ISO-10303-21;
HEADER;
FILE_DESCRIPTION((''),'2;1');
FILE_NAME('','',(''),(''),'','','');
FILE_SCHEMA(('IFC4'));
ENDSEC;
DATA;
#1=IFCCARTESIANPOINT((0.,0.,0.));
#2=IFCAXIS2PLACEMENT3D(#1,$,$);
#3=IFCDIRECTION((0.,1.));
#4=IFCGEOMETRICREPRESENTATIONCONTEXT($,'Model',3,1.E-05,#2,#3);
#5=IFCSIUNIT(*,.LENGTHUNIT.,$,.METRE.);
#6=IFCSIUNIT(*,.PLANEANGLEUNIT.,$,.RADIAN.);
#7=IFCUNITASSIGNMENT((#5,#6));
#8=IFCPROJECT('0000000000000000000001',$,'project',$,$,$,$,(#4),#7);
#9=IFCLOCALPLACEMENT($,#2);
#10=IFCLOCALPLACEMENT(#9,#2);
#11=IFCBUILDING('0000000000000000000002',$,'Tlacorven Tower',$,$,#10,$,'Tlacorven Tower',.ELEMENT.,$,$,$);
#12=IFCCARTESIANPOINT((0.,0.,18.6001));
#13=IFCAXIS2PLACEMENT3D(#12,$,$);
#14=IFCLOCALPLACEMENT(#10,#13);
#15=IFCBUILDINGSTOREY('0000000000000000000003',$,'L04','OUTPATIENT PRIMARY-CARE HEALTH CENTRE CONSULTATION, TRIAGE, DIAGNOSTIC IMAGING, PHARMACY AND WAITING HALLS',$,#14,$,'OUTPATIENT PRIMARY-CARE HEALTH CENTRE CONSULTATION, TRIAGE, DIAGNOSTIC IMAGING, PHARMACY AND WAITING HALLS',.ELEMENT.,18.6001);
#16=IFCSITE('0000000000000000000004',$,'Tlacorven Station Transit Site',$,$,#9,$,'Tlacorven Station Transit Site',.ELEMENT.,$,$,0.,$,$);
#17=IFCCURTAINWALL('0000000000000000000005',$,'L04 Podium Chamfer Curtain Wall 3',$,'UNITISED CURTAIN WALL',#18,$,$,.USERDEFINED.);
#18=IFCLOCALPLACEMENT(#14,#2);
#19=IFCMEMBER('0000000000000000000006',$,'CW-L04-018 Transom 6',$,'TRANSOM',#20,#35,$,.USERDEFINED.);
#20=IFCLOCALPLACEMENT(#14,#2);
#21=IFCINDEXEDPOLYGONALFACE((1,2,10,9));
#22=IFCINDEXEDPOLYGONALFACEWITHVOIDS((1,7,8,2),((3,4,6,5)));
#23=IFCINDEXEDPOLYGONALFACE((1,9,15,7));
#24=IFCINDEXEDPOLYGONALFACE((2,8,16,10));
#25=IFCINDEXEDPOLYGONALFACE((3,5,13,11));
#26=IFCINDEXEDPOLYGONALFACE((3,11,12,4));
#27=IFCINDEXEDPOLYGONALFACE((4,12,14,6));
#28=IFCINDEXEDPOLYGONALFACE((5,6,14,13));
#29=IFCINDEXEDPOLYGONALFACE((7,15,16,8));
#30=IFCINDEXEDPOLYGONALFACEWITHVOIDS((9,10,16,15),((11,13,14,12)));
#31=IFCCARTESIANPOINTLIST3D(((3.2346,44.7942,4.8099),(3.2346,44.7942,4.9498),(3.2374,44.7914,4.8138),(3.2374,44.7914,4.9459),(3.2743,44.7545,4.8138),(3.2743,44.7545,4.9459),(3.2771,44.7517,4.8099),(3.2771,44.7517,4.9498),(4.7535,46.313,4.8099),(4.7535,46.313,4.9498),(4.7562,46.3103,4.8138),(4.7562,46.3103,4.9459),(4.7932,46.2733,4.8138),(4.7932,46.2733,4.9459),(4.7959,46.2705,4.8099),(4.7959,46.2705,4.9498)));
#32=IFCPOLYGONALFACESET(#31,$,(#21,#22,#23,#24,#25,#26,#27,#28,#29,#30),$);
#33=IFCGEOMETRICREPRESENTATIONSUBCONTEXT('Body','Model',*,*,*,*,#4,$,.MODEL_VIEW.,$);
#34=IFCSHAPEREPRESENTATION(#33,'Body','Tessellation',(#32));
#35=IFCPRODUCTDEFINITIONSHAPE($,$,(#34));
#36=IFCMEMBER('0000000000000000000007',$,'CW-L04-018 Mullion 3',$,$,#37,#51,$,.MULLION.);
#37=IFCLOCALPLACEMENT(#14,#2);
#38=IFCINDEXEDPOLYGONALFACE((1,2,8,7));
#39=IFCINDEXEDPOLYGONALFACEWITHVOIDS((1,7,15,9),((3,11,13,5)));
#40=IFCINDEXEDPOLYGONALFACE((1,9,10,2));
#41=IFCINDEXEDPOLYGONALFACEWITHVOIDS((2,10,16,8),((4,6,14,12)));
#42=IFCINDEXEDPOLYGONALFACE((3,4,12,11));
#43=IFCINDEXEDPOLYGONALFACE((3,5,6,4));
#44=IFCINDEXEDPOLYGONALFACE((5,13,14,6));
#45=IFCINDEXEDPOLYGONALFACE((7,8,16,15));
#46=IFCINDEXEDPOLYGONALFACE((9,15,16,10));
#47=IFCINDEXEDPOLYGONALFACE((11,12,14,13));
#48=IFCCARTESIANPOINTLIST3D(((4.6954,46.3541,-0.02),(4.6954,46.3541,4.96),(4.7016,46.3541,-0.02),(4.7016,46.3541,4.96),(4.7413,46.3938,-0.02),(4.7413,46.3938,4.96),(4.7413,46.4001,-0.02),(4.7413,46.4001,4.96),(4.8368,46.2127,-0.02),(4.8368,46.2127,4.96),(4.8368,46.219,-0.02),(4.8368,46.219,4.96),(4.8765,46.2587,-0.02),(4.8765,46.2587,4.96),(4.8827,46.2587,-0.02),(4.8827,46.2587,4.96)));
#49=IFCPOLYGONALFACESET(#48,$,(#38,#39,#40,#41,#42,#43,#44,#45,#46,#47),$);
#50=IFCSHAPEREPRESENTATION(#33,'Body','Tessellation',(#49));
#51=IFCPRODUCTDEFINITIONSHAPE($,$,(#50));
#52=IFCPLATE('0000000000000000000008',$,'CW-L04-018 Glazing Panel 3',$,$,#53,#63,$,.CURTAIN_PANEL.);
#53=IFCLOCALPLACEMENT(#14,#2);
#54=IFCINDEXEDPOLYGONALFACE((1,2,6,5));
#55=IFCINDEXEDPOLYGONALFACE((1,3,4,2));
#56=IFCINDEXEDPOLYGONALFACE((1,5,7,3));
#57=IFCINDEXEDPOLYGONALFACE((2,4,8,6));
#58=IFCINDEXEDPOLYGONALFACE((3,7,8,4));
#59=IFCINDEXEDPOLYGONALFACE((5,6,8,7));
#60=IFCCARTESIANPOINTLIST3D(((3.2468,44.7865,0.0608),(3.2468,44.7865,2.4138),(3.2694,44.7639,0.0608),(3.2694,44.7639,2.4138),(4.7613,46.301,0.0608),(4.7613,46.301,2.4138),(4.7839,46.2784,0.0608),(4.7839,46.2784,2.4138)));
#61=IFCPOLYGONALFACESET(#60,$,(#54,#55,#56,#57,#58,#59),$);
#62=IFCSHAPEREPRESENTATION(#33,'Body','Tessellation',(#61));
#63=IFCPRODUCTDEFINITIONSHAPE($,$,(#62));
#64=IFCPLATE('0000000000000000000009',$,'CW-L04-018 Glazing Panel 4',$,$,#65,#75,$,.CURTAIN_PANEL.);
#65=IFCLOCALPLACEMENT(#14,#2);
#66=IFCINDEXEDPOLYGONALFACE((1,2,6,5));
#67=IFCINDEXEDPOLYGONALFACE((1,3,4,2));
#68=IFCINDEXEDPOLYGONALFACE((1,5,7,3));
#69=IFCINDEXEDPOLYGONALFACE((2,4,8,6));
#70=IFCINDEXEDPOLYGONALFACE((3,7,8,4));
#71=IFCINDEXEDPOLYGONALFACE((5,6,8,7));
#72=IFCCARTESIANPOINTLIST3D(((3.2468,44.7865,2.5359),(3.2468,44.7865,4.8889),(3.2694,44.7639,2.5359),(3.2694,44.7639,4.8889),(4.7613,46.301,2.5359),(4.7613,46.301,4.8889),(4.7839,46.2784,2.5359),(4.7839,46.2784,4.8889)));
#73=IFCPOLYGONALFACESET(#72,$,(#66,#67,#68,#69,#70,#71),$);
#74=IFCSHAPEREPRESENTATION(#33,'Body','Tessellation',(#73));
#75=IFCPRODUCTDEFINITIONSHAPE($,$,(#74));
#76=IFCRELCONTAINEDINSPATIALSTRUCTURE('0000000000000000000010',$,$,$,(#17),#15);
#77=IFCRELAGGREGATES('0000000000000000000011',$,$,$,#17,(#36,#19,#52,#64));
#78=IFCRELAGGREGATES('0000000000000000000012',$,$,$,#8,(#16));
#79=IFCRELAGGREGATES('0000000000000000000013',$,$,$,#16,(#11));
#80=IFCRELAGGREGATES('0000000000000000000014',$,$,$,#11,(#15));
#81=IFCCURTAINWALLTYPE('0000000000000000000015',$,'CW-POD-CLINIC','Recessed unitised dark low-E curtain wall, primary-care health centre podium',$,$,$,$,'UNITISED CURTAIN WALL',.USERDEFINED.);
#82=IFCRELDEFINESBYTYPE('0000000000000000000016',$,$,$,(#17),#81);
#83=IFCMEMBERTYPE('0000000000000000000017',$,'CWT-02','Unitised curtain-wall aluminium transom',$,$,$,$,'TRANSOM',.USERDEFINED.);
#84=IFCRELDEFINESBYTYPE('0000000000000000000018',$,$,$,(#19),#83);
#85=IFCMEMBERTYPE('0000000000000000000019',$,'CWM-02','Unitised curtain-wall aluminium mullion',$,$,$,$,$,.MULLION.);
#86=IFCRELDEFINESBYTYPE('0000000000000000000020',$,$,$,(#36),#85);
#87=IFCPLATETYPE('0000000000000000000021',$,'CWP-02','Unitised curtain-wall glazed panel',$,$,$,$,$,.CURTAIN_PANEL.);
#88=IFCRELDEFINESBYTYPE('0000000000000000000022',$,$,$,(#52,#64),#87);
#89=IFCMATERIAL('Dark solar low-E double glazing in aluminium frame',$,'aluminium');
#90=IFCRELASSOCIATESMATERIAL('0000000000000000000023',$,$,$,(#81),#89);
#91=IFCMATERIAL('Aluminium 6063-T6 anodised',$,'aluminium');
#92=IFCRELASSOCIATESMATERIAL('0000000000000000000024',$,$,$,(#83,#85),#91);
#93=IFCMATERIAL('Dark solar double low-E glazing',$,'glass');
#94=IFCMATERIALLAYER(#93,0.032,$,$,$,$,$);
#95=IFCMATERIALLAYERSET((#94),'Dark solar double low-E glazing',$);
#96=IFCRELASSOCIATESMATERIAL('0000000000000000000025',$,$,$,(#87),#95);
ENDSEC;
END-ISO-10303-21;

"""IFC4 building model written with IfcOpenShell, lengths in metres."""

from ifc_helpers import new_model, si_unit, direction, frame, origin, origin_2d, place, context, subcontext, project, spatial, rectangle, hollow_rectangle, extrude, source, transform, mapped, material, layer, layer_set, material_profile, profile_set, type_object, element, aggregate, save


model = new_model("IFC4")

# Units and contexts
model_context = context("Model", 3, precision=1e-05, world=origin(), true_north=direction((0.0, 1.0)))
body_context = subcontext(model_context, "Body", "Model", "MODEL_VIEW")
ifc_project = project(units=[si_unit("LENGTHUNIT", "METRE"), si_unit("PLANEANGLEUNIT", "RADIAN")], contexts=[model_context])

# Site, building, storey
site_placement = place(None, origin())
site = spatial("IfcSite", under=ifc_project, at=site_placement, Name="Tlacorven Station Transit Site", LongName="Tlacorven Station Transit Site", CompositionType="ELEMENT", RefElevation=0.0)
building_placement = place(site_placement, origin())
building = spatial("IfcBuilding", under=site, at=building_placement, Name="Tlacorven Tower", LongName="Tlacorven Tower", CompositionType="ELEMENT")
storey_placement = place(building_placement, frame((0.0, 0.0, 18.6001)))
storey = spatial("IfcBuildingStorey", under=building, at=storey_placement, Name="L04", Description="OUTPATIENT PRIMARY-CARE HEALTH CENTRE CONSULTATION, TRIAGE, DIAGNOSTIC IMAGING, PHARMACY AND WAITING HALLS", LongName="OUTPATIENT PRIMARY-CARE HEALTH CENTRE CONSULTATION, TRIAGE, DIAGNOSTIC IMAGING, PHARMACY AND WAITING HALLS", CompositionType="ELEMENT", Elevation=18.6001)

# Curtain wall, members, plates
ifc_material_1 = material(Name="Dark solar low-E double glazing in aluminium frame", Category="aluminium")
curtain_wall_type = type_object("IfcCurtainWallType", Name="CW-POD-CLINIC", Description="Recessed unitised dark low-E curtain wall, primary-care health centre podium", ElementType="UNITISED CURTAIN WALL", PredefinedType="USERDEFINED", material=ifc_material_1)
curtain_wall_placement = place(storey_placement, origin())
curtain_wall = element("IfcCurtainWall", 1, at=curtain_wall_placement, inside=storey, type_object=curtain_wall_type, Name="L04 Podium Chamfer Curtain Wall 3", ObjectType="UNITISED CURTAIN WALL", PredefinedType="USERDEFINED")
ifc_material_2 = material(Name="Aluminium 6063-T6 anodised", Category="aluminium")
ifc_material_profile_1 = material_profile(ifc_material_2, hollow_rectangle(XDim=0.0601, YDim=0.1399, WallThickness=0.0039, at=origin_2d()), Name="ALU TRANSOM 60X140")
ifc_profile_set_1 = profile_set([ifc_material_profile_1], Name="Aluminium 6063-T6 anodised")
member_type_1 = type_object("IfcMemberType", Name="CWT-02", Description="Unitised curtain-wall aluminium transom", ElementType="TRANSOM", PredefinedType="USERDEFINED", material=ifc_profile_set_1)
shared_shape_1 = source(origin(), body_context, "Body", "SweptSolid", [
    extrude(hollow_rectangle(XDim=0.0601, YDim=0.1399, WallThickness=0.0039, at=origin_2d()), origin(), (0.0, 0.0, 1.0), 2.1479),
])
member_1_placement = place(storey_placement, frame((3.2559, 44.7729, 4.8799), z_axis=(0.707107, 0.707107, 0.0), x_axis=(-0.707107, 0.707107, 0.0)))
member_1 = element("IfcMember", 2, at=member_1_placement, type_object=member_type_1, Name="CW-L04-018 Transom 6", ObjectType="TRANSOM", PredefinedType="USERDEFINED", context=body_context, shape_type="MappedRepresentation", body=[
    mapped(shared_shape_1, transform((0.0, 0.0, 0.0), scale=1.0)),
])
ifc_material_profile_2 = material_profile(ifc_material_2, hollow_rectangle(XDim=0.0649, YDim=0.2, WallThickness=0.0044, at=origin_2d()), Name="ALU MULLION 65X200")
ifc_profile_set_2 = profile_set([ifc_material_profile_2], Name="Aluminium 6063-T6 anodised")
member_type_2 = type_object("IfcMemberType", Name="CWM-02", Description="Unitised curtain-wall aluminium mullion", PredefinedType="MULLION", material=ifc_profile_set_2)
shared_shape_2 = source(origin(), body_context, "Body", "SweptSolid", [
    extrude(hollow_rectangle(XDim=0.0649, YDim=0.2, WallThickness=0.0044, at=origin_2d()), origin(), (0.0, 0.0, 1.0), 4.98),
])
member_2_placement = place(storey_placement, frame((4.7891, 46.3064, -0.02), z_axis=(0.0, 0.0, 1.0), x_axis=(0.707107, 0.707107, 0.0)))
member_2 = element("IfcMember", 3, at=member_2_placement, type_object=member_type_2, Name="CW-L04-018 Mullion 3", PredefinedType="MULLION", context=body_context, shape_type="MappedRepresentation", body=[
    mapped(shared_shape_2, transform((0.0, 0.0, 0.0), scale=1.0)),
])
ifc_material_3 = material(Name="Dark solar double low-E glazing", Category="glass")
ifc_layer_1 = layer(ifc_material_3, 0.032)
ifc_layer_set_1 = layer_set([ifc_layer_1], Name="Dark solar double low-E glazing")
plate_type = type_object("IfcPlateType", Name="CWP-02", Description="Unitised curtain-wall glazed panel", PredefinedType="CURTAIN_PANEL", material=ifc_layer_set_1)
shared_shape_3 = source(origin(), body_context, "Body", "SweptSolid", [
    extrude(rectangle(XDim=2.1418, YDim=0.032, at=origin_2d()), origin(), (0.0, 0.0, 1.0), 2.353),
])
plate_1_placement = place(storey_placement, frame((4.0154, 45.5325, 0.0608), z_axis=(0.0, 0.0, 1.0), x_axis=(0.707107, 0.707107, 0.0)))
plate_1 = element("IfcPlate", 4, at=plate_1_placement, type_object=plate_type, Name="CW-L04-018 Glazing Panel 3", PredefinedType="CURTAIN_PANEL", context=body_context, shape_type="MappedRepresentation", body=[
    mapped(shared_shape_3, transform((0.0, 0.0, 0.0), scale=1.0)),
])
plate_2_placement = place(storey_placement, frame((4.0154, 45.5325, 2.5359), z_axis=(0.0, 0.0, 1.0), x_axis=(0.707107, 0.707107, 0.0)))
plate_2 = element("IfcPlate", 5, at=plate_2_placement, type_object=plate_type, Name="CW-L04-018 Glazing Panel 4", PredefinedType="CURTAIN_PANEL", context=body_context, shape_type="MappedRepresentation", body=[
    mapped(shared_shape_3, transform((0.0, 0.0, 0.0), scale=1.0)),
])
aggregate(curtain_wall, [member_2, member_1, plate_1, plate_2])

save(model, "model.ifc")
